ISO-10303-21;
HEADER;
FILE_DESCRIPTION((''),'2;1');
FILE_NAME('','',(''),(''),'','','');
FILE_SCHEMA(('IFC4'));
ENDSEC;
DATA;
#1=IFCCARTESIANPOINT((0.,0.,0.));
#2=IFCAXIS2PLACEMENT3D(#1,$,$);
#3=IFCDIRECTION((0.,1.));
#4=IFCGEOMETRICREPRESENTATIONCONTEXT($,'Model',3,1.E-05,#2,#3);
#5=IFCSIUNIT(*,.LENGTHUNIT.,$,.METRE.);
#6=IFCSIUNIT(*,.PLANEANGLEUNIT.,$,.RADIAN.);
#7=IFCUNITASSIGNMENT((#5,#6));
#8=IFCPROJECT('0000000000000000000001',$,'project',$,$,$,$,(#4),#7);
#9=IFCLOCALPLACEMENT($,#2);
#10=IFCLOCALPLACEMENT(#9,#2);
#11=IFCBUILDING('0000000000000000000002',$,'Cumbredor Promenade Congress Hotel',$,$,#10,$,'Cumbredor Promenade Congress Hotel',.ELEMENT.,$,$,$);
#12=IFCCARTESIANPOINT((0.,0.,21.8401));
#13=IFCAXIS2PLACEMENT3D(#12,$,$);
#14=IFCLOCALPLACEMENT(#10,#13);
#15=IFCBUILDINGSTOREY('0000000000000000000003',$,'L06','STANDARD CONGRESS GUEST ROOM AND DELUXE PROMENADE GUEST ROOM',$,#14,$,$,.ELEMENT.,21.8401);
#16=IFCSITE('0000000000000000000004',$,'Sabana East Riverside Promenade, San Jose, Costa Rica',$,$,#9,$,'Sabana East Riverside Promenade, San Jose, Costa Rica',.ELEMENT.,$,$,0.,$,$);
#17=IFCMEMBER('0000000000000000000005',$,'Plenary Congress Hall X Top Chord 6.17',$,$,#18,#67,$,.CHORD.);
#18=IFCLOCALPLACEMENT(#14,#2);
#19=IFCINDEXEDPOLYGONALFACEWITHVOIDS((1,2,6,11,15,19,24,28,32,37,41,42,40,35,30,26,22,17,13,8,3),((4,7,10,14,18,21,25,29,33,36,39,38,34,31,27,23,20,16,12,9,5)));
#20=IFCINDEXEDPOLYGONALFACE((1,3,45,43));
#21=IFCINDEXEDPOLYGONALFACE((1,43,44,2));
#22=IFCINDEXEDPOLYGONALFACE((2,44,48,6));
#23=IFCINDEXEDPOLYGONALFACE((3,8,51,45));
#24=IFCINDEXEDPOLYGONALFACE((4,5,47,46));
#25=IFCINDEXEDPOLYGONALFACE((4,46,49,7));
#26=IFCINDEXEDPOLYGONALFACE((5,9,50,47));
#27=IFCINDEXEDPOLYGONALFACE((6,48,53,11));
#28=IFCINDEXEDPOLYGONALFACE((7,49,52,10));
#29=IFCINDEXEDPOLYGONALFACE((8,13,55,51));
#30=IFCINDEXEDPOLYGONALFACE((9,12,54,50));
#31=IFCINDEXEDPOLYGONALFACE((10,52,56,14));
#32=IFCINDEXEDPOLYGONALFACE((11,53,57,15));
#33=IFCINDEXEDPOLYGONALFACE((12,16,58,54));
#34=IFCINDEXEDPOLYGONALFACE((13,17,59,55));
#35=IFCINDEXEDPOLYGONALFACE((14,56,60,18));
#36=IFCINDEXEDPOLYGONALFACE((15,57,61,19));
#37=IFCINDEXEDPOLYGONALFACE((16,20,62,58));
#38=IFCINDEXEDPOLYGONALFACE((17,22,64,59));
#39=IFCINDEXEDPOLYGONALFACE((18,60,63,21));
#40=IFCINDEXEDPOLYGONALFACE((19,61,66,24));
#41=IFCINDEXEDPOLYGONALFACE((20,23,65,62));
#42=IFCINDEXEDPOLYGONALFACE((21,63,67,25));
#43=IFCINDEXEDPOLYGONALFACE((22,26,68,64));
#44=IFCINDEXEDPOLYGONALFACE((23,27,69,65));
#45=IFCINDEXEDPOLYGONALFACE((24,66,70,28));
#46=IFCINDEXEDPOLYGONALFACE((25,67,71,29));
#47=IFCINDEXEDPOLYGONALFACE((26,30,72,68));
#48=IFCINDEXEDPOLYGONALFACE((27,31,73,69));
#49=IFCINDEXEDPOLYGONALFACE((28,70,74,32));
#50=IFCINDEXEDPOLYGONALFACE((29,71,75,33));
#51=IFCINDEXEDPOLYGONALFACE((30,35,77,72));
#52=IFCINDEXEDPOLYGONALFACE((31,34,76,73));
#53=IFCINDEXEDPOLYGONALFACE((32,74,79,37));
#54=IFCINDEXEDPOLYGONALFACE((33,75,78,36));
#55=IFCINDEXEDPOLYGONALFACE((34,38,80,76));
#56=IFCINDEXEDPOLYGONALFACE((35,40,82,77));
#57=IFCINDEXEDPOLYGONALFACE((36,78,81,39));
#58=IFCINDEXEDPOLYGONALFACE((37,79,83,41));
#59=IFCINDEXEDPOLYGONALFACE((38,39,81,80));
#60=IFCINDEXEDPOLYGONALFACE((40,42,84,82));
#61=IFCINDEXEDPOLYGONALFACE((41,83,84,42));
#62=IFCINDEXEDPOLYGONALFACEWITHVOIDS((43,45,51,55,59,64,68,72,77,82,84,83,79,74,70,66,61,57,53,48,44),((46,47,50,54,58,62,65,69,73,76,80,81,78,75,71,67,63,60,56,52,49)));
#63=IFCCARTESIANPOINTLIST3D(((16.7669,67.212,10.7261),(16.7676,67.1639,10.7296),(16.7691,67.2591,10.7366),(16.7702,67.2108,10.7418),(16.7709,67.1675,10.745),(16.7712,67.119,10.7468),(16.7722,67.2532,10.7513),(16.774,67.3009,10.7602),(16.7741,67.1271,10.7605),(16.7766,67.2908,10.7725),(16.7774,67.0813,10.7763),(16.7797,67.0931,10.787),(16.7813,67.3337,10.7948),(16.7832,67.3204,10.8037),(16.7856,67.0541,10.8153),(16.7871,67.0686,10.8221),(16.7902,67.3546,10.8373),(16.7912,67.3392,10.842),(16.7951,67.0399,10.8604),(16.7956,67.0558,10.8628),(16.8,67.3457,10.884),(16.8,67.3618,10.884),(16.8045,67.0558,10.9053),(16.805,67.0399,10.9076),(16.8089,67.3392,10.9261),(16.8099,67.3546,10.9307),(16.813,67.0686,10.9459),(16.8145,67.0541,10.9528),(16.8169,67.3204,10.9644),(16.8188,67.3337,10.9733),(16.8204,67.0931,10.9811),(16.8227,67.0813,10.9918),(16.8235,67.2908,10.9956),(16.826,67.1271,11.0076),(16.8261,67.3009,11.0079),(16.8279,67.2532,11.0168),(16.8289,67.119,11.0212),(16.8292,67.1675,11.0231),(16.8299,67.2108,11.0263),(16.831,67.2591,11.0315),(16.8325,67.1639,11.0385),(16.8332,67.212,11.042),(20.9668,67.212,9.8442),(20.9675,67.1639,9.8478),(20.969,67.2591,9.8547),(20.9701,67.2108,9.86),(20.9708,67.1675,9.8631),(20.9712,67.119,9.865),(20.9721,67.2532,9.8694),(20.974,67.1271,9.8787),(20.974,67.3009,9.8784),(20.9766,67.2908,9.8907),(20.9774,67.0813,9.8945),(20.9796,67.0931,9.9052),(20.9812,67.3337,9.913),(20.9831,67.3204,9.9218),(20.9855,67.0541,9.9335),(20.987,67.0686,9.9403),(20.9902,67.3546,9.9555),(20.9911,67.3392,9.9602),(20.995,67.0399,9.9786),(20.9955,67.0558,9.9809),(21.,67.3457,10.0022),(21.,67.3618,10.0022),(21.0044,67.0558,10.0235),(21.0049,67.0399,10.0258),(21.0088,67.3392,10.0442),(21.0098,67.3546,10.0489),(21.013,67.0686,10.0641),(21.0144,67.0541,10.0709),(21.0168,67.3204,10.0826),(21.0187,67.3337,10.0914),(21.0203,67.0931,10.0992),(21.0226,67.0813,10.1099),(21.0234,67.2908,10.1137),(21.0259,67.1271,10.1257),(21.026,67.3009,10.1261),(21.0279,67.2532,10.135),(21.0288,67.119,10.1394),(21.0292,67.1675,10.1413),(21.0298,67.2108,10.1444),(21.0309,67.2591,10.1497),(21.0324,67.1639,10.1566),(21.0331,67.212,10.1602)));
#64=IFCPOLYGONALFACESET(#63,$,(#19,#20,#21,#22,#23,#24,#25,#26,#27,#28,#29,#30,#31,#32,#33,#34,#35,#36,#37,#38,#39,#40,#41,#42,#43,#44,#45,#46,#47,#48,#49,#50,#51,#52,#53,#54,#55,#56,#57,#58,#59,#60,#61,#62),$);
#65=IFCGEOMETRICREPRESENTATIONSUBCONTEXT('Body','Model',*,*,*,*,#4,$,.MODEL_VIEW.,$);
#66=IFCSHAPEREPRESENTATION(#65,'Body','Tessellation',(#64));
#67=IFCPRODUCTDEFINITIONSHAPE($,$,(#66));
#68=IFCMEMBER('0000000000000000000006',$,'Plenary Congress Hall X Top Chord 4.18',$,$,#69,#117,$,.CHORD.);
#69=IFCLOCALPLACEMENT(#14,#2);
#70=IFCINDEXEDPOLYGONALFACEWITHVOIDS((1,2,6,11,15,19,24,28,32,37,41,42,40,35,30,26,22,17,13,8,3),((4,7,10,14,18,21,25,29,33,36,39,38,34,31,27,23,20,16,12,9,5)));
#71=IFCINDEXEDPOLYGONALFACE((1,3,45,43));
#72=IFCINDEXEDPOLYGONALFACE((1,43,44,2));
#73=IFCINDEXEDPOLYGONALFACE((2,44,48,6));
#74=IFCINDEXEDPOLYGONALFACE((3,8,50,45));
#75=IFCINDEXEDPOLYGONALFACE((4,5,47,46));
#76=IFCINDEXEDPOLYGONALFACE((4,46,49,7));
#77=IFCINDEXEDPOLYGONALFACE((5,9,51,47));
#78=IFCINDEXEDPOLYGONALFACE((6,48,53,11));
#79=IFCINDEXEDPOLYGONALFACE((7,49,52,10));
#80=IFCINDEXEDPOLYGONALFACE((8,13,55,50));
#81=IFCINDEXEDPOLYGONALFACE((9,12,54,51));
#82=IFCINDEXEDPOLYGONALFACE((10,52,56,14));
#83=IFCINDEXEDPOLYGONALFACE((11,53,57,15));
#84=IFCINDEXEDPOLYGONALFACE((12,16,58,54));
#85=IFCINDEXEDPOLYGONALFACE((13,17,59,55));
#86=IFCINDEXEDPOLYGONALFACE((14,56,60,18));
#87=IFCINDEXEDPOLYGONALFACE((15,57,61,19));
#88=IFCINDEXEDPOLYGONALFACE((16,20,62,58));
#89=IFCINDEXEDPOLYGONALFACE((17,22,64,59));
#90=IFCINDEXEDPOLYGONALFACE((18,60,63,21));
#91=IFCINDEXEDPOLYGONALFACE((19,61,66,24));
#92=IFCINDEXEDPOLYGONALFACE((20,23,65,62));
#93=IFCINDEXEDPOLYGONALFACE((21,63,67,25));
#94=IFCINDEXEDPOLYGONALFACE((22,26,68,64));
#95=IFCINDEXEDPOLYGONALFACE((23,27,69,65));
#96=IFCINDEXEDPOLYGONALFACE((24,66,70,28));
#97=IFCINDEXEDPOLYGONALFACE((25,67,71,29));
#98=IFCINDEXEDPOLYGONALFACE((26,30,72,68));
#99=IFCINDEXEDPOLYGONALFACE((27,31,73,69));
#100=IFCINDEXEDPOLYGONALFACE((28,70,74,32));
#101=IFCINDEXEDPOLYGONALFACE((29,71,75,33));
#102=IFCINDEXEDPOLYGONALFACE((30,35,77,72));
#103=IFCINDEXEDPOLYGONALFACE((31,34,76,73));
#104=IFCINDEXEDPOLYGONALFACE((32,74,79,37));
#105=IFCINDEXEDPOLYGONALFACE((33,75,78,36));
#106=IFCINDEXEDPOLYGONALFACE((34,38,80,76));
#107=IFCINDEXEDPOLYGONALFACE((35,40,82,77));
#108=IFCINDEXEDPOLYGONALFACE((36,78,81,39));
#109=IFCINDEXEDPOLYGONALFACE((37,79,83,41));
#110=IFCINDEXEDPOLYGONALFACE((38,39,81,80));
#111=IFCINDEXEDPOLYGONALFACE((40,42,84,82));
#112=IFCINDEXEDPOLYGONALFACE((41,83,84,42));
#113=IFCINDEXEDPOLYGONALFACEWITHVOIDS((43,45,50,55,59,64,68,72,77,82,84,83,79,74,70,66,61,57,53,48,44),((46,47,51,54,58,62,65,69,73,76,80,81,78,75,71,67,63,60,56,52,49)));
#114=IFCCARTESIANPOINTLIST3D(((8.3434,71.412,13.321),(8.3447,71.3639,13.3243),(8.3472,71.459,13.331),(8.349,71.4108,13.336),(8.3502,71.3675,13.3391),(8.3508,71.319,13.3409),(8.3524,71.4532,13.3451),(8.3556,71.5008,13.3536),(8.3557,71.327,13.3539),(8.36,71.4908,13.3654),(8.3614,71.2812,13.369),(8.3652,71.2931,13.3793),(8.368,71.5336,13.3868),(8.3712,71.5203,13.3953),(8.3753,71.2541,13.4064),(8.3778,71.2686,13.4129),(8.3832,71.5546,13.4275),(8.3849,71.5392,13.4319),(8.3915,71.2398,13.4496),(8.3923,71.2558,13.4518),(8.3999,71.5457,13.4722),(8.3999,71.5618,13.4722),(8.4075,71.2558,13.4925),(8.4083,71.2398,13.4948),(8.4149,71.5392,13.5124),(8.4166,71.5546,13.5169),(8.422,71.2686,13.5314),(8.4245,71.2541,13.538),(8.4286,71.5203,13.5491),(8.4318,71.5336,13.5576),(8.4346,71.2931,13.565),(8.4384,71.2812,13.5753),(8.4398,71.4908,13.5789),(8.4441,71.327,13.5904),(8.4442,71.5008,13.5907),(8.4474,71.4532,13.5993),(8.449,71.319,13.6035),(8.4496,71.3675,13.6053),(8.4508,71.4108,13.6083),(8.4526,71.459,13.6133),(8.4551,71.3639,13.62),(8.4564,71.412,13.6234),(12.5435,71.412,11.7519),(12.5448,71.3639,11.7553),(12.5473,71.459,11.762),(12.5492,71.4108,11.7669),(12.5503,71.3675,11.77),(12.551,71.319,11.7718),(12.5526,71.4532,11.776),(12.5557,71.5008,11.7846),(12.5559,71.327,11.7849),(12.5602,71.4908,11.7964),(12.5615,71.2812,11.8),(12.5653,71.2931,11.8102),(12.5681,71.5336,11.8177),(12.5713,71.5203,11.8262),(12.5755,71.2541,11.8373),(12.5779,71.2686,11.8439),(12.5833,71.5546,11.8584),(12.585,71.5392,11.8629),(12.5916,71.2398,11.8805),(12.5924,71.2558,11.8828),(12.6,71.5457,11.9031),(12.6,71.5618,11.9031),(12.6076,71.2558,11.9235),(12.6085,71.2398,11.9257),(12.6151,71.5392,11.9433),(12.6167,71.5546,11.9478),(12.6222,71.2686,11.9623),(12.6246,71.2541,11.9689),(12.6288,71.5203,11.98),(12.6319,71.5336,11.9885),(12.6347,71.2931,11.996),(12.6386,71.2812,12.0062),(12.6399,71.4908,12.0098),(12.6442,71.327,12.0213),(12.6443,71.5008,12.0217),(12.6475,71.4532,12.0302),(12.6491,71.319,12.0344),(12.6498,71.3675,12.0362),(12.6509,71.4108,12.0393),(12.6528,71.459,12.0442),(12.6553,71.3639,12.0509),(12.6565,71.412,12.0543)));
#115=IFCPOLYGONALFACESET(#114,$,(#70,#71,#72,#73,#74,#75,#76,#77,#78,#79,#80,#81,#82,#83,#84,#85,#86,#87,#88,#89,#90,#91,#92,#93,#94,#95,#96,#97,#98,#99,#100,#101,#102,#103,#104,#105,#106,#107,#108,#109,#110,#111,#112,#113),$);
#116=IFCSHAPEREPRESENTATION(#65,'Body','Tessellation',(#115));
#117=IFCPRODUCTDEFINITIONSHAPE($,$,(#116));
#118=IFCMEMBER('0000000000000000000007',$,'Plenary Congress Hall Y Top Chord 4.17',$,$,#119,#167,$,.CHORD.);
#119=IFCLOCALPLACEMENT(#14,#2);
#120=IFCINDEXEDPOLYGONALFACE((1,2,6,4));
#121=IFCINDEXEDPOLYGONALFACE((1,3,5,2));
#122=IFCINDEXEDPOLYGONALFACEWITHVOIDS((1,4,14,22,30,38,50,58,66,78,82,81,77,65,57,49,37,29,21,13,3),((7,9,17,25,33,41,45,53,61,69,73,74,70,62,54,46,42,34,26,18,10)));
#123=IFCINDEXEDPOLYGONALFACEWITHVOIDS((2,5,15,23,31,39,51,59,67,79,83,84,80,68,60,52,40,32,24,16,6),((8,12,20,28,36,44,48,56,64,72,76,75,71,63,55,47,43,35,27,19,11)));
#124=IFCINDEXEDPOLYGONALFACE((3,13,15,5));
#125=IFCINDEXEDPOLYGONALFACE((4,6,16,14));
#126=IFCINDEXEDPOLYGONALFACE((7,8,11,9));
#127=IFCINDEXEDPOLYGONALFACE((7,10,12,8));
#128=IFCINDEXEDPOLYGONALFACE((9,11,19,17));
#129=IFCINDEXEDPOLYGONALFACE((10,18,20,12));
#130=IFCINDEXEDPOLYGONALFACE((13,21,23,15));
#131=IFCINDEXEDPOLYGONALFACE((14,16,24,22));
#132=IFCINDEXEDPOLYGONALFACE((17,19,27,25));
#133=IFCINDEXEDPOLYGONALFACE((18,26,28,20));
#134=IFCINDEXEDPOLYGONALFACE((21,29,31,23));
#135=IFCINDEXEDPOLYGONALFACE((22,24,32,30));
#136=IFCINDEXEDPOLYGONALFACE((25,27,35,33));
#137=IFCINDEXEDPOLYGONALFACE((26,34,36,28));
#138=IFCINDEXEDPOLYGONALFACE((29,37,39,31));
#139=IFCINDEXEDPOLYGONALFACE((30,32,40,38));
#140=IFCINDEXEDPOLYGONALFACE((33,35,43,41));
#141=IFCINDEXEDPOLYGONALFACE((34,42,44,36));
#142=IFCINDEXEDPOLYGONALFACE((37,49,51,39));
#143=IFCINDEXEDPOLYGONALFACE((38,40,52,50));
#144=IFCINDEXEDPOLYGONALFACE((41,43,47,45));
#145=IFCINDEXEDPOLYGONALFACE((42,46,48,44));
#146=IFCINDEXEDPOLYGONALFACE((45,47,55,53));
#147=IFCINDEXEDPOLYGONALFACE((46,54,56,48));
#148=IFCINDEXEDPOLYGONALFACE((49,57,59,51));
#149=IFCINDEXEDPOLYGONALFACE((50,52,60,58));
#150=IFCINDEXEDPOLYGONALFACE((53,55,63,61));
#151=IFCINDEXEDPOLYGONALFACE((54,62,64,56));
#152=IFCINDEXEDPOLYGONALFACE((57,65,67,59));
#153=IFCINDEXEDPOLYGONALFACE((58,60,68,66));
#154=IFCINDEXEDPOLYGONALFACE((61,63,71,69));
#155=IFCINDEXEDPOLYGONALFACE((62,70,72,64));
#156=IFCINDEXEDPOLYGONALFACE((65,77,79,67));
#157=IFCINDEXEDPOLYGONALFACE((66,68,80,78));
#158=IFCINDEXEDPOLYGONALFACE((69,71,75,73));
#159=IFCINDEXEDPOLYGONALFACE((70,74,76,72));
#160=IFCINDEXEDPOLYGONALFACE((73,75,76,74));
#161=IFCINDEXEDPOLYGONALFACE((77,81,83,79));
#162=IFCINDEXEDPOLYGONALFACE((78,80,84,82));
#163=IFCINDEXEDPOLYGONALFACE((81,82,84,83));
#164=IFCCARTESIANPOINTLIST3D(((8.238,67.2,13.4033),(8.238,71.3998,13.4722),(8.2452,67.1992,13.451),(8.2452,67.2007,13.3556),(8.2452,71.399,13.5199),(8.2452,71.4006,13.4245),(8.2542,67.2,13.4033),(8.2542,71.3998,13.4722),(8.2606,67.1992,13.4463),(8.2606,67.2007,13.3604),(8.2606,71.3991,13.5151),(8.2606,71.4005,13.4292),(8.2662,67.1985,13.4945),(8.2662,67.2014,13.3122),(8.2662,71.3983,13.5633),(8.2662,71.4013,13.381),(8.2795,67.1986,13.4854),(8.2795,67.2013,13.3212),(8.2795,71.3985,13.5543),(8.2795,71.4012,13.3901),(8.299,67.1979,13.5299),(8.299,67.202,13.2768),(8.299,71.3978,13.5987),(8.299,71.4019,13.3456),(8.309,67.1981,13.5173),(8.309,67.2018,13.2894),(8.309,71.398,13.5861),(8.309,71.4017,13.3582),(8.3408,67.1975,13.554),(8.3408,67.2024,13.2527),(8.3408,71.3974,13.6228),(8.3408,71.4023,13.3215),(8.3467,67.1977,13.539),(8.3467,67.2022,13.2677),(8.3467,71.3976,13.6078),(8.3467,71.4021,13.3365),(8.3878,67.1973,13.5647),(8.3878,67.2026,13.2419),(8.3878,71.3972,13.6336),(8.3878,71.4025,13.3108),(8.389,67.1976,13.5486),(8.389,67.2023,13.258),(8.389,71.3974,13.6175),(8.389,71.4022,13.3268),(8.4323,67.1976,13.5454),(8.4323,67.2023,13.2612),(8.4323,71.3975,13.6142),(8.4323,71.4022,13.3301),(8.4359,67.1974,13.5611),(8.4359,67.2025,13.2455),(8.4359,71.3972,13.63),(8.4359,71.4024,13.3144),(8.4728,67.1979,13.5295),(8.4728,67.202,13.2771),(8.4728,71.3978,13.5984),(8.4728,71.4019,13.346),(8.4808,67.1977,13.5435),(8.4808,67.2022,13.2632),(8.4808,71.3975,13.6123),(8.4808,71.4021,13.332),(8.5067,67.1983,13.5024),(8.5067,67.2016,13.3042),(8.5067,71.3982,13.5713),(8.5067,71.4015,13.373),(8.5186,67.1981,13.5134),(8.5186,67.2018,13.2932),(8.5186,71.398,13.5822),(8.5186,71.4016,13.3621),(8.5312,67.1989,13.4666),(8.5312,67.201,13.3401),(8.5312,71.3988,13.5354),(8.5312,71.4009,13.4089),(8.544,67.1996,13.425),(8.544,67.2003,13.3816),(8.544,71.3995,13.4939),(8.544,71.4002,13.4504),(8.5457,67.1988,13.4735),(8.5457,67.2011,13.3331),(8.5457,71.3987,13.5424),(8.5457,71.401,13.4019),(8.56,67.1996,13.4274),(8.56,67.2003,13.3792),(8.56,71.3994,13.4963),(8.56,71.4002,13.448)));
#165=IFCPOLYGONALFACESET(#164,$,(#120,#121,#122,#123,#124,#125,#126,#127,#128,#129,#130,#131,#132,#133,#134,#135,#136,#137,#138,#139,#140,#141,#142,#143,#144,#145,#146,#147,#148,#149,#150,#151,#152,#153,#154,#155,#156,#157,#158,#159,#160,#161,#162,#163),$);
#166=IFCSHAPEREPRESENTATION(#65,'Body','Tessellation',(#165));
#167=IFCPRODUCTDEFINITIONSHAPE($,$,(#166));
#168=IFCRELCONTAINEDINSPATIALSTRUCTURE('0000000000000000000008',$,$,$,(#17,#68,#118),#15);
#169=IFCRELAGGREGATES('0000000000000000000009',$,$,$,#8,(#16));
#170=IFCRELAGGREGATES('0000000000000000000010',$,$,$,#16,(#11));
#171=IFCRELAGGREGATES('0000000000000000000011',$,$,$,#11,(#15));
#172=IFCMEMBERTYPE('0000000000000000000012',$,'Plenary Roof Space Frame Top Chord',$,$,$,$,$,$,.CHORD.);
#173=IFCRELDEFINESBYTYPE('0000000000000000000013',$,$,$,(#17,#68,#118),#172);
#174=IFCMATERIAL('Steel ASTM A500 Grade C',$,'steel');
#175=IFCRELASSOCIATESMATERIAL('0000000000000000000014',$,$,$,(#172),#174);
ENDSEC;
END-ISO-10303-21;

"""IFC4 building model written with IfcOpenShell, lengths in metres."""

from ifc_helpers import new_model, si_unit, direction, frame, origin, origin_2d, place, context, subcontext, project, spatial, hollow_circle, extrude, material, material_profile, profile_set, type_object, element, save


model = new_model("IFC4")

# Units and contexts
model_context = context("Model", 3, precision=1e-05, world=origin(), true_north=direction((0.0, 1.0)))
body_context = subcontext(model_context, "Body", "Model", "MODEL_VIEW")
ifc_project = project(units=[si_unit("LENGTHUNIT", "METRE"), si_unit("PLANEANGLEUNIT", "RADIAN")], contexts=[model_context])

# Site, building, storey
site_placement = place(None, origin())
site = spatial("IfcSite", under=ifc_project, at=site_placement, Name="Sabana East Riverside Promenade, San Jose, Costa Rica", LongName="Sabana East Riverside Promenade, San Jose, Costa Rica", CompositionType="ELEMENT", RefElevation=0.0)
building_placement = place(site_placement, origin())
building = spatial("IfcBuilding", under=site, at=building_placement, Name="Cumbredor Promenade Congress Hotel", LongName="Cumbredor Promenade Congress Hotel", CompositionType="ELEMENT")
storey_placement = place(building_placement, frame((0.0, 0.0, 21.8401)))
storey = spatial("IfcBuildingStorey", under=building, at=storey_placement, Name="L06", Description="STANDARD CONGRESS GUEST ROOM AND DELUXE PROMENADE GUEST ROOM", CompositionType="ELEMENT", Elevation=21.8401)

# Members
ifc_material_1 = material(Name="Steel ASTM A500 Grade C", Category="steel")
ifc_material_profile_1 = material_profile(ifc_material_1, hollow_circle(Radius=0.1619, WallThickness=0.0161, at=origin_2d()), Name="CHS 323.9x16")
ifc_profile_set_1 = profile_set([ifc_material_profile_1], Name="Steel ASTM A500 Grade C")
member_type_1 = type_object("IfcMemberType", Name="Plenary Roof Space Frame Top Chord", PredefinedType="CHORD", material=ifc_profile_set_1)
member_1_placement = place(storey_placement, frame((16.8, 67.2, 10.884), z_axis=(0.978661, 0.0, -0.205483), x_axis=(0.0, 1.0, 0.0)))
element("IfcMember", 1, at=member_1_placement, inside=storey, type_object=member_type_1, Name="Plenary Congress Hall X Top Chord 6.17", PredefinedType="CHORD", context=body_context, shape_type="SweptSolid", body=[
    extrude(hollow_circle(Radius=0.1619, WallThickness=0.0161, at=origin_2d()), origin(), (0.0, 0.0, 1.0), 4.2915),
])
member_2_placement = place(storey_placement, frame((8.3999, 71.3999, 13.4722), z_axis=(0.936767, 0.0, -0.349954), x_axis=(0.0, 1.0, 0.0)))
element("IfcMember", 2, at=member_2_placement, inside=storey, type_object=member_type_1, Name="Plenary Congress Hall X Top Chord 4.18", PredefinedType="CHORD", context=body_context, shape_type="SweptSolid", body=[
    extrude(hollow_circle(Radius=0.1619, WallThickness=0.0161, at=origin_2d()), origin(), (0.0, 0.0, 1.0), 4.4836),
])
member_3_placement = place(storey_placement, frame((8.3999, 67.2, 13.4033), z_axis=(0.0, 0.999866, 0.01639), x_axis=(-1.0, 0.0, 0.0)))
element("IfcMember", 3, at=member_3_placement, inside=storey, type_object=member_type_1, Name="Plenary Congress Hall Y Top Chord 4.17", PredefinedType="CHORD", context=body_context, shape_type="SweptSolid", body=[
    extrude(hollow_circle(Radius=0.1619, WallThickness=0.0161, at=origin_2d()), origin(), (0.0, 0.0, 1.0), 4.2004),
])

save(model, "model.ifc")
